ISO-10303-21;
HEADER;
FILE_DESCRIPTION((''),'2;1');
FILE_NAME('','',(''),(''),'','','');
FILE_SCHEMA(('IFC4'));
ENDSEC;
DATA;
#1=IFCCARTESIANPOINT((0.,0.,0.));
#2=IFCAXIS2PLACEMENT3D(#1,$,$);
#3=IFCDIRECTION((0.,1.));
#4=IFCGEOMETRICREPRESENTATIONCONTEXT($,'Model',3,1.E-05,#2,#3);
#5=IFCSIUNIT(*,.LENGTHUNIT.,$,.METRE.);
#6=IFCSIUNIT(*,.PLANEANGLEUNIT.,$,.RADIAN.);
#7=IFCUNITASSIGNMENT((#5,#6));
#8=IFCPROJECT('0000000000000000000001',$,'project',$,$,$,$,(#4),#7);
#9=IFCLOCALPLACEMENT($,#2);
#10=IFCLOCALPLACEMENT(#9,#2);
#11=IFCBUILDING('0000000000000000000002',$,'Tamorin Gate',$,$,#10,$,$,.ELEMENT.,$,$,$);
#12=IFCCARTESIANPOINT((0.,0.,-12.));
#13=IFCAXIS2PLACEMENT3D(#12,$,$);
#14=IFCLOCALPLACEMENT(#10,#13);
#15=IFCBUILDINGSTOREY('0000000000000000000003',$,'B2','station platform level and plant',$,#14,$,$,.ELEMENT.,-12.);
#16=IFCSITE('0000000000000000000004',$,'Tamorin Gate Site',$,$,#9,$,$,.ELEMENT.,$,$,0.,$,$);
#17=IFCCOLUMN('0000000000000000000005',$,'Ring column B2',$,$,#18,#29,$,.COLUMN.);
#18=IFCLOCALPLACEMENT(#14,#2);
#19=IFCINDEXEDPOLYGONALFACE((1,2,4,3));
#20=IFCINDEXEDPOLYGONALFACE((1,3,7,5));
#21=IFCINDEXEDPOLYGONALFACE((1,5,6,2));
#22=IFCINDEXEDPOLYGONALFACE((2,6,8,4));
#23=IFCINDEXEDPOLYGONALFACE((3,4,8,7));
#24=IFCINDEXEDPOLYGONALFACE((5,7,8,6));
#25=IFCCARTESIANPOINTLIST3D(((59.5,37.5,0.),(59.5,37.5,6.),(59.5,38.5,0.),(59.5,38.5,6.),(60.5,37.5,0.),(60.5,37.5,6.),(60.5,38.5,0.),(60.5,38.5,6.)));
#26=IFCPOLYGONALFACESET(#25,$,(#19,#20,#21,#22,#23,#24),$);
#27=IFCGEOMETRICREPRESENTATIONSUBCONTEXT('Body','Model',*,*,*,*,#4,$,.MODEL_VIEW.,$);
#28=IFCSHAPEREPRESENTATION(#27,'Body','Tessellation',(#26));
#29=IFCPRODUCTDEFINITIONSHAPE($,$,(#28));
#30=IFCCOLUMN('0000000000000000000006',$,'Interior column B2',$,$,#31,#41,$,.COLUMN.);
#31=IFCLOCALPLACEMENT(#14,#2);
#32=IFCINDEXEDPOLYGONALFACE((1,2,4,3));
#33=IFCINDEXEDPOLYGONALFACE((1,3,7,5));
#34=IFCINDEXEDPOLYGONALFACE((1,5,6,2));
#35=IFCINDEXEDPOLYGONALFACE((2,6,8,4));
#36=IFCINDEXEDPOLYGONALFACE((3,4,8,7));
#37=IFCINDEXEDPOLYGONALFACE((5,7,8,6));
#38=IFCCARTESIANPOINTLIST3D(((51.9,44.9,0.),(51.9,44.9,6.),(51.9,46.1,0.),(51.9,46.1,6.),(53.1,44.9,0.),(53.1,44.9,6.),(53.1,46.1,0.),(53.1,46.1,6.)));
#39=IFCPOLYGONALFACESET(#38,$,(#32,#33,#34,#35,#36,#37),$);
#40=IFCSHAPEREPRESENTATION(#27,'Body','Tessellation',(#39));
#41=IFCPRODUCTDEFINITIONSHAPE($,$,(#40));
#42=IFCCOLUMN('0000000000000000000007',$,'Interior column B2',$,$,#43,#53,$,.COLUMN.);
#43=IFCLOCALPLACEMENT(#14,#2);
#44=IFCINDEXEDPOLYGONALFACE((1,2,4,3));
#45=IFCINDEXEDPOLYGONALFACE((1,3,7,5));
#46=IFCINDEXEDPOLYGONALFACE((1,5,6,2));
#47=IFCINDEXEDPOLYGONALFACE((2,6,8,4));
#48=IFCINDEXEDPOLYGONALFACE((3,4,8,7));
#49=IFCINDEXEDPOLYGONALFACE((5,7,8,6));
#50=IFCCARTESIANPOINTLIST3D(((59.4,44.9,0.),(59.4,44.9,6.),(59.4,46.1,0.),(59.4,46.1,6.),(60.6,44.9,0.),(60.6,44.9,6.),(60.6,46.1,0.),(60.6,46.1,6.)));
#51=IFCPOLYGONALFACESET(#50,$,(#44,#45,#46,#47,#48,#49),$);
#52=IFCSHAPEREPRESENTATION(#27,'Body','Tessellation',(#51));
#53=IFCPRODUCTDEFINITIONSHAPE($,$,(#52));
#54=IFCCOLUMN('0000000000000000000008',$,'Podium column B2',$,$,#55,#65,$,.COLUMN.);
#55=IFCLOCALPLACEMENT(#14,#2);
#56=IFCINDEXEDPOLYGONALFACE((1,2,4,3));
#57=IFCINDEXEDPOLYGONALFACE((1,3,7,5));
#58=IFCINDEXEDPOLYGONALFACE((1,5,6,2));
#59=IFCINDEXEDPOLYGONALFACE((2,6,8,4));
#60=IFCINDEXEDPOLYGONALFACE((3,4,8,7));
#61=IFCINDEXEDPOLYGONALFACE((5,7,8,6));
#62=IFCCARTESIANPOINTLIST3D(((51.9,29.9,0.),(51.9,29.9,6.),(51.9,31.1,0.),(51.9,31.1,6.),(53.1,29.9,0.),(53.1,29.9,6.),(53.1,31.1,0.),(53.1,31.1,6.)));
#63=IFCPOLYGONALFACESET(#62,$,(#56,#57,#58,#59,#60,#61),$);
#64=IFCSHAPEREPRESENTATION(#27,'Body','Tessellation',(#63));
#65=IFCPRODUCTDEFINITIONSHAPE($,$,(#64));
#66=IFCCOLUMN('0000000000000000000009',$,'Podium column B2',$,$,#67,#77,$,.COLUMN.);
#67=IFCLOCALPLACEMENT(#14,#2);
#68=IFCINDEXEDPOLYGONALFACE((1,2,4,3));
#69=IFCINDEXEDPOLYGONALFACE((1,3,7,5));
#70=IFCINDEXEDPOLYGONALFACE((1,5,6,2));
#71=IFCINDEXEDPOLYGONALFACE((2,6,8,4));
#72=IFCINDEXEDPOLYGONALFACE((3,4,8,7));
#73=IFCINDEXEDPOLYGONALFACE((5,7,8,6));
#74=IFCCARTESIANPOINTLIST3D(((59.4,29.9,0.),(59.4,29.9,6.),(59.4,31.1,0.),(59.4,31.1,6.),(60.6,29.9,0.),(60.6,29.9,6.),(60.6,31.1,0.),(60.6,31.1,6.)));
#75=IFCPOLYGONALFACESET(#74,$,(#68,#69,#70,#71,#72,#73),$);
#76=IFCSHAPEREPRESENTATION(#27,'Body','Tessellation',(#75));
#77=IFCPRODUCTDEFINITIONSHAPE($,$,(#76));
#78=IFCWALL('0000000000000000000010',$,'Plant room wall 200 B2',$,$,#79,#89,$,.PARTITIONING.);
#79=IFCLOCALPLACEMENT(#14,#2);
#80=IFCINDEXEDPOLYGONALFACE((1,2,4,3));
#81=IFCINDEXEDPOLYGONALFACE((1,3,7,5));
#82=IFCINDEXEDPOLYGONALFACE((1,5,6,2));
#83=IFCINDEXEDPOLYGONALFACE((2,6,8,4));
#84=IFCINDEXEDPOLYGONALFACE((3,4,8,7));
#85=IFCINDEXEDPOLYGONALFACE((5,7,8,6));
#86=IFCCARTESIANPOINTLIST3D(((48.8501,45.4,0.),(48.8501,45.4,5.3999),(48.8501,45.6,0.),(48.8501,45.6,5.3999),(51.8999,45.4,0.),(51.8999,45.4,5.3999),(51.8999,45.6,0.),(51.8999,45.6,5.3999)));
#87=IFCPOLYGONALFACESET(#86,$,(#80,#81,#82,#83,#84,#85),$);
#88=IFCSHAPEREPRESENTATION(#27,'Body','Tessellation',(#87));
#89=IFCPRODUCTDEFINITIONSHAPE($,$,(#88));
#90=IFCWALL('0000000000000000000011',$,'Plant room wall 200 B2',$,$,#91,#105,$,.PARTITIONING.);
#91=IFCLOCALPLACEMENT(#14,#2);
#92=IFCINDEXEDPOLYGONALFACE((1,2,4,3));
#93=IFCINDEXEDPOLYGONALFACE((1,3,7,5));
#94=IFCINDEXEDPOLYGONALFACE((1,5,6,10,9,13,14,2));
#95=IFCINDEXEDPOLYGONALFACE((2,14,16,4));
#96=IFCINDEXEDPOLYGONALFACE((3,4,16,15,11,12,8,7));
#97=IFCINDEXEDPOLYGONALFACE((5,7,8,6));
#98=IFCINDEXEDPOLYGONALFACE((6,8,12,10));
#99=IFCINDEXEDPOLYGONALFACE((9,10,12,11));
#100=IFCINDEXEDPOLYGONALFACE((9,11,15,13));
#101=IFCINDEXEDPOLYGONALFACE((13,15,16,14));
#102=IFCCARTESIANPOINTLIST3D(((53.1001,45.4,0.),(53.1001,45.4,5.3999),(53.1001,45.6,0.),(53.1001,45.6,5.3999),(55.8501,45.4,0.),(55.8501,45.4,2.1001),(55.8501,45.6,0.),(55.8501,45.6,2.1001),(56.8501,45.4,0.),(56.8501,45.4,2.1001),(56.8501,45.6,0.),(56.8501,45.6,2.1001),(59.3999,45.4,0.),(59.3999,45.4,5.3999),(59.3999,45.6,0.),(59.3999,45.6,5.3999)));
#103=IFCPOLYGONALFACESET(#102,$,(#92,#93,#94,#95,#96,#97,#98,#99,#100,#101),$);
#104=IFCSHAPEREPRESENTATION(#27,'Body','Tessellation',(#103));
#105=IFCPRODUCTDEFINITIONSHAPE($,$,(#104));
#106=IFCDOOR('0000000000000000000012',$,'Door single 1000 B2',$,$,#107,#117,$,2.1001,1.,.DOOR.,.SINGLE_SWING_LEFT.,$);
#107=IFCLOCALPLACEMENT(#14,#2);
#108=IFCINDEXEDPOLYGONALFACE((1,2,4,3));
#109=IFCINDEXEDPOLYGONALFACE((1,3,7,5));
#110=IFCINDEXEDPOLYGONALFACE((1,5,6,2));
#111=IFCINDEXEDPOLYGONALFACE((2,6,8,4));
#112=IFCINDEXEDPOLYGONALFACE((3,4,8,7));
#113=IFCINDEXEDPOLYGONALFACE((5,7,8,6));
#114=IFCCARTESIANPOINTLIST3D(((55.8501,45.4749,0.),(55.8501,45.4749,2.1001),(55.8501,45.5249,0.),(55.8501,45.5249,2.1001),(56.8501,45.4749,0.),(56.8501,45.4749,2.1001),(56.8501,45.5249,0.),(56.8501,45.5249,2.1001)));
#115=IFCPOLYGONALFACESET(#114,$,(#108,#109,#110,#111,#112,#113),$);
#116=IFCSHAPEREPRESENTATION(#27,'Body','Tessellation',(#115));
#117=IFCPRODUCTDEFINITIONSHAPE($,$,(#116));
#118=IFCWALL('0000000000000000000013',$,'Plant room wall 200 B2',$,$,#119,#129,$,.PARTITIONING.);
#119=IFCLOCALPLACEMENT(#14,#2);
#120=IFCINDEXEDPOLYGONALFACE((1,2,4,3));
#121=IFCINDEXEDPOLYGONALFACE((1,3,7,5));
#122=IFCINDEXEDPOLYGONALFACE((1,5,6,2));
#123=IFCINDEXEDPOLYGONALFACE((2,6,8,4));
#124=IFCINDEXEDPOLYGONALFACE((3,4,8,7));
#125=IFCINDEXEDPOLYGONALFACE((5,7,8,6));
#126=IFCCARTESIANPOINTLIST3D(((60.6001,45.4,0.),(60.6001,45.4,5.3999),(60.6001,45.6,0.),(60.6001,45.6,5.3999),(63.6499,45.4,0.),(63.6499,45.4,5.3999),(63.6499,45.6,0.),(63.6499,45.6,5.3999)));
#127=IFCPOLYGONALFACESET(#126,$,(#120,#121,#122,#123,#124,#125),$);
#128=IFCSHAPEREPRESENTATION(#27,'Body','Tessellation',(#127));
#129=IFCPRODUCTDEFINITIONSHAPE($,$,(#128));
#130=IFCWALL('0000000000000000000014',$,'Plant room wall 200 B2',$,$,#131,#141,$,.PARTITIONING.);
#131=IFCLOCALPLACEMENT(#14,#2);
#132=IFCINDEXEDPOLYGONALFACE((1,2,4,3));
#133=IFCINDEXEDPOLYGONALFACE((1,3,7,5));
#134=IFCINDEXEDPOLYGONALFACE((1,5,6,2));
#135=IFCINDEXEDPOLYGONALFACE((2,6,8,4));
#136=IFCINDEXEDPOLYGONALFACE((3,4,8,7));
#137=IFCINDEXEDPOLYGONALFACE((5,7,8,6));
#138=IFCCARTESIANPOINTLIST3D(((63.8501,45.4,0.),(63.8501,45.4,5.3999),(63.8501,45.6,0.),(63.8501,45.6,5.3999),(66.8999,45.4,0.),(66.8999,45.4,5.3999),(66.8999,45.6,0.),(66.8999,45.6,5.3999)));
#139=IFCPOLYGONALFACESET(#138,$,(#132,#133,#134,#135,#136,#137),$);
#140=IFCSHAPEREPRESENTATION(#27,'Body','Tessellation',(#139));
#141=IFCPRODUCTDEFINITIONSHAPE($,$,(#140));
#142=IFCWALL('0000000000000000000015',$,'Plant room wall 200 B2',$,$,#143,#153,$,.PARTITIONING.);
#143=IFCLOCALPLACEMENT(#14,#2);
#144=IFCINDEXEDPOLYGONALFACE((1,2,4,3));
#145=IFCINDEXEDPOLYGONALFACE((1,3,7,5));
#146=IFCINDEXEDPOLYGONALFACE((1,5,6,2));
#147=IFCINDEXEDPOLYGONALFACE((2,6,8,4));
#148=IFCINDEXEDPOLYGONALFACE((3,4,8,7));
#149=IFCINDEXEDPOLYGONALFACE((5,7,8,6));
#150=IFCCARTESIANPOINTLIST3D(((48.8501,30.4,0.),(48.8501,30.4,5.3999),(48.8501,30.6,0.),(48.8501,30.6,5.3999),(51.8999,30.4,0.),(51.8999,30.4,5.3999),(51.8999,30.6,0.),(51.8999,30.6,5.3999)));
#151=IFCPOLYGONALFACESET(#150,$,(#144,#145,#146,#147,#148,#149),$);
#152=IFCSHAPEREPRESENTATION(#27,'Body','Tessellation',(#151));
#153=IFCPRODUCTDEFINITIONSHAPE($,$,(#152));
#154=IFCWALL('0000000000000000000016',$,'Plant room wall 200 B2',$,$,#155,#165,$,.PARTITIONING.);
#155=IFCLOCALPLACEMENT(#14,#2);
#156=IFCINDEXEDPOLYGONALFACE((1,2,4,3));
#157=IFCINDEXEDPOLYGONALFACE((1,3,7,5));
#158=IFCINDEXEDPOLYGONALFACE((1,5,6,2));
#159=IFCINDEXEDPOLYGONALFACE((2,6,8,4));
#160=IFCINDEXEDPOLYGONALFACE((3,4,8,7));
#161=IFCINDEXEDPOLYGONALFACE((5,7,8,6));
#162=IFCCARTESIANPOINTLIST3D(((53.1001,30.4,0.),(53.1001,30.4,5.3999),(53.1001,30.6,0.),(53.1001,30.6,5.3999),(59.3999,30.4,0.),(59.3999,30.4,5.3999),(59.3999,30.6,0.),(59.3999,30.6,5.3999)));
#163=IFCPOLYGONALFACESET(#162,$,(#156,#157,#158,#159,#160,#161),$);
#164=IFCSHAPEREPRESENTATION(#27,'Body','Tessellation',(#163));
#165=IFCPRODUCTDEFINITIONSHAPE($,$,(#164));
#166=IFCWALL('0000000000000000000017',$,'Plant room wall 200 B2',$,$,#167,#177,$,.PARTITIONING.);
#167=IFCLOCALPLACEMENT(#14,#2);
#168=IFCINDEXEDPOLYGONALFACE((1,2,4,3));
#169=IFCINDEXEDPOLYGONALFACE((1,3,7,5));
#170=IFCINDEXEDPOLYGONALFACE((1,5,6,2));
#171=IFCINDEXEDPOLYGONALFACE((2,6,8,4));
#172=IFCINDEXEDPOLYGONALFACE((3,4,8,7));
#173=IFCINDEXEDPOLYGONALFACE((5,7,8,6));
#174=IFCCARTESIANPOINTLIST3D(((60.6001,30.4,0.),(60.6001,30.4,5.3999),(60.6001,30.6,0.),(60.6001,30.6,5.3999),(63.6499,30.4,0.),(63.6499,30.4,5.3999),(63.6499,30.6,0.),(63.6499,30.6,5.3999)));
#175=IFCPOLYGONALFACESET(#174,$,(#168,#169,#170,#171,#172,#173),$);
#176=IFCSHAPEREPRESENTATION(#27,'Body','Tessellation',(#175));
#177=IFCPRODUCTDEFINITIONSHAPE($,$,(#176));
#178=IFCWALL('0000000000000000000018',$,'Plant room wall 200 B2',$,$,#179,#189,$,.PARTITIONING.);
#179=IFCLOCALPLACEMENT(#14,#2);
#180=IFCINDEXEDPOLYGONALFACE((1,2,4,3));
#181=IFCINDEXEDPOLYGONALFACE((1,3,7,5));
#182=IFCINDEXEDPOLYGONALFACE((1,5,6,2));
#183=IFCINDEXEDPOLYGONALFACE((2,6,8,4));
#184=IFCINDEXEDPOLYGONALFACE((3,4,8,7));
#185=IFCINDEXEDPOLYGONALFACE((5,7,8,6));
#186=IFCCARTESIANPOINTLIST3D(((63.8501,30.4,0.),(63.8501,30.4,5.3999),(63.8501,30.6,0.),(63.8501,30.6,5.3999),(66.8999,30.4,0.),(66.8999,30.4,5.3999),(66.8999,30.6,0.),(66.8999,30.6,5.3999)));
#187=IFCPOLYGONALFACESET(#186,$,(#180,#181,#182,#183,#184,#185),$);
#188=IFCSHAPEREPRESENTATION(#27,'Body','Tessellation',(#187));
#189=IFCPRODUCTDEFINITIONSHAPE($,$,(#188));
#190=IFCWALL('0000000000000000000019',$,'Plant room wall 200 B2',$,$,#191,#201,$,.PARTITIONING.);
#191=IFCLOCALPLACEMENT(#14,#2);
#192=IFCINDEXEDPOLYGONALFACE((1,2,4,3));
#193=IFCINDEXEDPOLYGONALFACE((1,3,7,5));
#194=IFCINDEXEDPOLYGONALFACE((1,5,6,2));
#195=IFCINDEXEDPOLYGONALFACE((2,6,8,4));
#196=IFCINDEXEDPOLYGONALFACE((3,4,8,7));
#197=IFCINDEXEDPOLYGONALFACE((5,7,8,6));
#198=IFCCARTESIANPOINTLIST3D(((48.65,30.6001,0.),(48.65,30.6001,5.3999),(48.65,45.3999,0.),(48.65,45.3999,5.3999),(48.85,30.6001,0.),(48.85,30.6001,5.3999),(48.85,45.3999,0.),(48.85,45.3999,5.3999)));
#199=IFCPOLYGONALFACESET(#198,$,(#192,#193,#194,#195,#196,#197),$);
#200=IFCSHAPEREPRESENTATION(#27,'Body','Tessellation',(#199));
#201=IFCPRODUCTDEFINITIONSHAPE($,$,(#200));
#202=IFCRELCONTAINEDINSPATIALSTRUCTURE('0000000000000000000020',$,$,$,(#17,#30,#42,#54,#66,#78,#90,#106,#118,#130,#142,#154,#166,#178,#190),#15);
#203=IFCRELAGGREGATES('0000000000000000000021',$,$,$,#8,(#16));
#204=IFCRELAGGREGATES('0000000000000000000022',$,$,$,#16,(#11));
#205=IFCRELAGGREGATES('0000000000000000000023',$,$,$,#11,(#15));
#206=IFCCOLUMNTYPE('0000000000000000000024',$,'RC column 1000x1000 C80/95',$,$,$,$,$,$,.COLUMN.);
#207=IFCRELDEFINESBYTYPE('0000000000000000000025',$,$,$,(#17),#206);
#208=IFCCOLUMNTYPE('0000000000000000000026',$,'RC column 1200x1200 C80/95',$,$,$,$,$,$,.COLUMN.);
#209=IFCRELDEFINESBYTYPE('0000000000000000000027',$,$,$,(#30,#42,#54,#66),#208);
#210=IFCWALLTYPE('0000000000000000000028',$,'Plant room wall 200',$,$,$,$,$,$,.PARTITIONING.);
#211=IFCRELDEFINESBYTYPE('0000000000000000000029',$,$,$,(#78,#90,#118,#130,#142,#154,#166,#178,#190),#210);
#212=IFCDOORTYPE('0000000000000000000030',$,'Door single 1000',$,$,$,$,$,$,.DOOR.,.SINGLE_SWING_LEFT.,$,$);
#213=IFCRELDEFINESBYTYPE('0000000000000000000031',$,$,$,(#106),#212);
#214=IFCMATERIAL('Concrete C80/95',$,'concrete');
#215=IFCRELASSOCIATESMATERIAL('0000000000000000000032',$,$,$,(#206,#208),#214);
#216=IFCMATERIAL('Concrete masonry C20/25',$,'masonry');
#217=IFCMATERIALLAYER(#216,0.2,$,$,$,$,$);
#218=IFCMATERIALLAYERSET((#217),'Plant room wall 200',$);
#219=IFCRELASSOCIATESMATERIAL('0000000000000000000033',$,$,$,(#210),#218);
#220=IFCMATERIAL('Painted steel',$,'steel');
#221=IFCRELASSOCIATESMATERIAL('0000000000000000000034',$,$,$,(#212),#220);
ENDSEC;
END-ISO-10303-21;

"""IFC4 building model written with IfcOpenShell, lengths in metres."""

from ifc_helpers import new_model, si_unit, direction, frame, frame_2d, origin, origin_2d, place, context, subcontext, project, spatial, rectangle, extrude, material, layer, layer_set, material_profile, profile_set, type_object, element, fill, save


model = new_model("IFC4")

# Units and contexts
model_context = context("Model", 3, precision=1e-05, world=origin(), true_north=direction((0.0, 1.0)))
body_context = subcontext(model_context, "Body", "Model", "MODEL_VIEW")
ifc_project = project(units=[si_unit("LENGTHUNIT", "METRE"), si_unit("PLANEANGLEUNIT", "RADIAN")], contexts=[model_context])

# Site, building, storey
site_placement = place(None, origin())
site = spatial("IfcSite", under=ifc_project, at=site_placement, Name="Tamorin Gate Site", CompositionType="ELEMENT", RefElevation=0.0)
building_placement = place(site_placement, origin())
building = spatial("IfcBuilding", under=site, at=building_placement, Name="Tamorin Gate", CompositionType="ELEMENT")
storey_placement = place(building_placement, frame((0.0, 0.0, -12.0)))
storey = spatial("IfcBuildingStorey", under=building, at=storey_placement, Name="B2", Description="station platform level and plant", CompositionType="ELEMENT", Elevation=-12.0)

# Columns
ifc_material_1 = material(Name="Concrete C80/95", Category="concrete")
ifc_material_profile_1 = material_profile(ifc_material_1, rectangle(XDim=1.0, YDim=1.0, at=origin_2d()), Name="RC 1000x1000")
ifc_profile_set_1 = profile_set([ifc_material_profile_1], Name="Concrete C80/95")
column_type_1 = type_object("IfcColumnType", Name="RC column 1000x1000 C80/95", PredefinedType="COLUMN", material=ifc_profile_set_1)
for number, where, z_axis, x_axis, name in (
    (1, (60.0, 38.0, 0.0), (0.0, 0.0, 1.0), (1.0, 0.0, 0.0), "Ring column B2"),
):
    element("IfcColumn", number, at=place(storey_placement, frame(where, z_axis=z_axis, x_axis=x_axis)), inside=storey, type_object=column_type_1, Name=name, PredefinedType="COLUMN", context=body_context, shape_type="SweptSolid", body=[
        extrude(rectangle(XDim=1.0, YDim=1.0, at=origin_2d()), origin(), (0.0, 0.0, 1.0), 6.0),
    ])
ifc_material_profile_2 = material_profile(ifc_material_1, rectangle(XDim=1.2, YDim=1.2, at=origin_2d()), Name="RC 1200x1200")
ifc_profile_set_2 = profile_set([ifc_material_profile_2], Name="Concrete C80/95")
column_type_2 = type_object("IfcColumnType", Name="RC column 1200x1200 C80/95", PredefinedType="COLUMN", material=ifc_profile_set_2)
for number, where, z_axis, x_axis, name in (
    (2, (52.5, 45.5, 0.0), (0.0, 0.0, 1.0), (1.0, 0.0, 0.0), "Interior column B2"),
    (3, (60.0, 45.5, 0.0), (0.0, 0.0, 1.0), (1.0, 0.0, 0.0), "Interior column B2"),
    (4, (52.5, 30.5, 0.0), (0.0, 0.0, 1.0), (1.0, 0.0, 0.0), "Podium column B2"),
    (5, (60.0, 30.5, 0.0), (0.0, 0.0, 1.0), (1.0, 0.0, 0.0), "Podium column B2"),
):
    element("IfcColumn", number, at=place(storey_placement, frame(where, z_axis=z_axis, x_axis=x_axis)), inside=storey, type_object=column_type_2, Name=name, PredefinedType="COLUMN", context=body_context, shape_type="SweptSolid", body=[
        extrude(rectangle(XDim=1.2, YDim=1.2, at=origin_2d()), origin(), (0.0, 0.0, 1.0), 6.0),
    ])

# Wall
ifc_material_2 = material(Name="Concrete masonry C20/25", Category="masonry")
ifc_layer = layer(ifc_material_2, 0.2)
ifc_layer_set = layer_set([ifc_layer], Name="Plant room wall 200")
wall_type = type_object("IfcWallType", Name="Plant room wall 200", PredefinedType="PARTITIONING", material=ifc_layer_set)
wall_1_placement = place(storey_placement, frame((48.8501, 45.5, 0.0), z_axis=(0.0, 0.0, 1.0), x_axis=(1.0, 0.0, 0.0)))
element("IfcWall", 6, at=wall_1_placement, inside=storey, type_object=wall_type, Name="Plant room wall 200 B2", PredefinedType="PARTITIONING", context=body_context, shape_type="SweptSolid", body=[
    extrude(rectangle(XDim=3.0498, YDim=0.2, at=frame_2d((1.5249, 0.0))), origin(), (0.0, 0.0, 1.0), 5.3999),
])

# Wall, opening, door
wall_2_placement = place(storey_placement, frame((53.1001, 45.5, 0.0), z_axis=(0.0, 0.0, 1.0), x_axis=(1.0, 0.0, 0.0)))
wall_2 = element("IfcWall", 7, at=wall_2_placement, inside=storey, type_object=wall_type, Name="Plant room wall 200 B2", PredefinedType="PARTITIONING", context=body_context, shape_type="SweptSolid", body=[
    extrude(rectangle(XDim=6.2998, YDim=0.2, at=frame_2d((3.1499, 0.0))), origin(), (0.0, 0.0, 1.0), 5.3999),
])
opening_placement = place(wall_2_placement, frame((2.75, 0.0, 0.0)))
opening = element("IfcOpeningElement", 8, at=opening_placement, cuts=wall_2, PredefinedType="OPENING", context=body_context, shape_type="SweptSolid", body=[
    extrude(rectangle(XDim=1.0, YDim=2.1001, at=frame_2d((0.5, 1.05))), frame((0.0, 0.1099, 0.0), z_axis=(0.0, -1.0, 0.0), x_axis=(1.0, 0.0, 0.0)), (0.0, 0.0, 1.0), 0.22),
])
ifc_material_3 = material(Name="Painted steel", Category="steel")
door_type = type_object("IfcDoorType", Name="Door single 1000", OperationType="SINGLE_SWING_LEFT", PredefinedType="DOOR", material=ifc_material_3)
door_placement = place(opening_placement, origin())
door = element("IfcDoor", 9, at=door_placement, inside=storey, type_object=door_type, Name="Door single 1000 B2", OperationType="SINGLE_SWING_LEFT", OverallHeight=2.1001, OverallWidth=1.0, PredefinedType="DOOR", context=body_context, shape_type="SweptSolid", body=[
    extrude(rectangle(XDim=1.0, YDim=2.1001, at=frame_2d((0.5, 1.05))), frame((0.0, 0.0249, 0.0), z_axis=(0.0, -1.0, 0.0), x_axis=(1.0, 0.0, 0.0)), (0.0, 0.0, 1.0), 0.05),
])
fill(opening, door)

# Walls
for number, where, z_axis, x_axis, name in (
    (10, (60.6001, 45.5, 0.0), (0.0, 0.0, 1.0), (1.0, 0.0, 0.0), "Plant room wall 200 B2"),
    (11, (63.8501, 45.5, 0.0), (0.0, 0.0, 1.0), (1.0, 0.0, 0.0), "Plant room wall 200 B2"),
    (12, (48.8501, 30.5, 0.0), (0.0, 0.0, 1.0), (1.0, 0.0, 0.0), "Plant room wall 200 B2"),
):
    element("IfcWall", number, at=place(storey_placement, frame(where, z_axis=z_axis, x_axis=x_axis)), inside=storey, type_object=wall_type, Name=name, PredefinedType="PARTITIONING", context=body_context, shape_type="SweptSolid", body=[
        extrude(rectangle(XDim=3.0498, YDim=0.2, at=frame_2d((1.5249, 0.0))), origin(), (0.0, 0.0, 1.0), 5.3999),
    ])
wall_3_placement = place(storey_placement, frame((53.1001, 30.5, 0.0), z_axis=(0.0, 0.0, 1.0), x_axis=(1.0, 0.0, 0.0)))
element("IfcWall", 13, at=wall_3_placement, inside=storey, type_object=wall_type, Name="Plant room wall 200 B2", PredefinedType="PARTITIONING", context=body_context, shape_type="SweptSolid", body=[
    extrude(rectangle(XDim=6.2998, YDim=0.2, at=frame_2d((3.1499, 0.0))), origin(), (0.0, 0.0, 1.0), 5.3999),
])
for number, where, z_axis, x_axis, name in (
    (14, (60.6001, 30.5, 0.0), (0.0, 0.0, 1.0), (1.0, 0.0, 0.0), "Plant room wall 200 B2"),
    (15, (63.8501, 30.5, 0.0), (0.0, 0.0, 1.0), (1.0, 0.0, 0.0), "Plant room wall 200 B2"),
):
    element("IfcWall", number, at=place(storey_placement, frame(where, z_axis=z_axis, x_axis=x_axis)), inside=storey, type_object=wall_type, Name=name, PredefinedType="PARTITIONING", context=body_context, shape_type="SweptSolid", body=[
        extrude(rectangle(XDim=3.0498, YDim=0.2, at=frame_2d((1.5249, 0.0))), origin(), (0.0, 0.0, 1.0), 5.3999),
    ])
for number, where, z_axis, x_axis, name in (
    (16, (48.75, 30.6001, 0.0), (0.0, 0.0, 1.0), (0.0, 1.0, 0.0), "Plant room wall 200 B2"),
):
    element("IfcWall", number, at=place(storey_placement, frame(where, z_axis=z_axis, x_axis=x_axis)), inside=storey, type_object=wall_type, Name=name, PredefinedType="PARTITIONING", context=body_context, shape_type="SweptSolid", body=[
        extrude(rectangle(XDim=14.7998, YDim=0.2, at=frame_2d((7.3999, 0.0))), origin(), (0.0, 0.0, 1.0), 5.3999),
    ])

save(model, "model.ifc")
